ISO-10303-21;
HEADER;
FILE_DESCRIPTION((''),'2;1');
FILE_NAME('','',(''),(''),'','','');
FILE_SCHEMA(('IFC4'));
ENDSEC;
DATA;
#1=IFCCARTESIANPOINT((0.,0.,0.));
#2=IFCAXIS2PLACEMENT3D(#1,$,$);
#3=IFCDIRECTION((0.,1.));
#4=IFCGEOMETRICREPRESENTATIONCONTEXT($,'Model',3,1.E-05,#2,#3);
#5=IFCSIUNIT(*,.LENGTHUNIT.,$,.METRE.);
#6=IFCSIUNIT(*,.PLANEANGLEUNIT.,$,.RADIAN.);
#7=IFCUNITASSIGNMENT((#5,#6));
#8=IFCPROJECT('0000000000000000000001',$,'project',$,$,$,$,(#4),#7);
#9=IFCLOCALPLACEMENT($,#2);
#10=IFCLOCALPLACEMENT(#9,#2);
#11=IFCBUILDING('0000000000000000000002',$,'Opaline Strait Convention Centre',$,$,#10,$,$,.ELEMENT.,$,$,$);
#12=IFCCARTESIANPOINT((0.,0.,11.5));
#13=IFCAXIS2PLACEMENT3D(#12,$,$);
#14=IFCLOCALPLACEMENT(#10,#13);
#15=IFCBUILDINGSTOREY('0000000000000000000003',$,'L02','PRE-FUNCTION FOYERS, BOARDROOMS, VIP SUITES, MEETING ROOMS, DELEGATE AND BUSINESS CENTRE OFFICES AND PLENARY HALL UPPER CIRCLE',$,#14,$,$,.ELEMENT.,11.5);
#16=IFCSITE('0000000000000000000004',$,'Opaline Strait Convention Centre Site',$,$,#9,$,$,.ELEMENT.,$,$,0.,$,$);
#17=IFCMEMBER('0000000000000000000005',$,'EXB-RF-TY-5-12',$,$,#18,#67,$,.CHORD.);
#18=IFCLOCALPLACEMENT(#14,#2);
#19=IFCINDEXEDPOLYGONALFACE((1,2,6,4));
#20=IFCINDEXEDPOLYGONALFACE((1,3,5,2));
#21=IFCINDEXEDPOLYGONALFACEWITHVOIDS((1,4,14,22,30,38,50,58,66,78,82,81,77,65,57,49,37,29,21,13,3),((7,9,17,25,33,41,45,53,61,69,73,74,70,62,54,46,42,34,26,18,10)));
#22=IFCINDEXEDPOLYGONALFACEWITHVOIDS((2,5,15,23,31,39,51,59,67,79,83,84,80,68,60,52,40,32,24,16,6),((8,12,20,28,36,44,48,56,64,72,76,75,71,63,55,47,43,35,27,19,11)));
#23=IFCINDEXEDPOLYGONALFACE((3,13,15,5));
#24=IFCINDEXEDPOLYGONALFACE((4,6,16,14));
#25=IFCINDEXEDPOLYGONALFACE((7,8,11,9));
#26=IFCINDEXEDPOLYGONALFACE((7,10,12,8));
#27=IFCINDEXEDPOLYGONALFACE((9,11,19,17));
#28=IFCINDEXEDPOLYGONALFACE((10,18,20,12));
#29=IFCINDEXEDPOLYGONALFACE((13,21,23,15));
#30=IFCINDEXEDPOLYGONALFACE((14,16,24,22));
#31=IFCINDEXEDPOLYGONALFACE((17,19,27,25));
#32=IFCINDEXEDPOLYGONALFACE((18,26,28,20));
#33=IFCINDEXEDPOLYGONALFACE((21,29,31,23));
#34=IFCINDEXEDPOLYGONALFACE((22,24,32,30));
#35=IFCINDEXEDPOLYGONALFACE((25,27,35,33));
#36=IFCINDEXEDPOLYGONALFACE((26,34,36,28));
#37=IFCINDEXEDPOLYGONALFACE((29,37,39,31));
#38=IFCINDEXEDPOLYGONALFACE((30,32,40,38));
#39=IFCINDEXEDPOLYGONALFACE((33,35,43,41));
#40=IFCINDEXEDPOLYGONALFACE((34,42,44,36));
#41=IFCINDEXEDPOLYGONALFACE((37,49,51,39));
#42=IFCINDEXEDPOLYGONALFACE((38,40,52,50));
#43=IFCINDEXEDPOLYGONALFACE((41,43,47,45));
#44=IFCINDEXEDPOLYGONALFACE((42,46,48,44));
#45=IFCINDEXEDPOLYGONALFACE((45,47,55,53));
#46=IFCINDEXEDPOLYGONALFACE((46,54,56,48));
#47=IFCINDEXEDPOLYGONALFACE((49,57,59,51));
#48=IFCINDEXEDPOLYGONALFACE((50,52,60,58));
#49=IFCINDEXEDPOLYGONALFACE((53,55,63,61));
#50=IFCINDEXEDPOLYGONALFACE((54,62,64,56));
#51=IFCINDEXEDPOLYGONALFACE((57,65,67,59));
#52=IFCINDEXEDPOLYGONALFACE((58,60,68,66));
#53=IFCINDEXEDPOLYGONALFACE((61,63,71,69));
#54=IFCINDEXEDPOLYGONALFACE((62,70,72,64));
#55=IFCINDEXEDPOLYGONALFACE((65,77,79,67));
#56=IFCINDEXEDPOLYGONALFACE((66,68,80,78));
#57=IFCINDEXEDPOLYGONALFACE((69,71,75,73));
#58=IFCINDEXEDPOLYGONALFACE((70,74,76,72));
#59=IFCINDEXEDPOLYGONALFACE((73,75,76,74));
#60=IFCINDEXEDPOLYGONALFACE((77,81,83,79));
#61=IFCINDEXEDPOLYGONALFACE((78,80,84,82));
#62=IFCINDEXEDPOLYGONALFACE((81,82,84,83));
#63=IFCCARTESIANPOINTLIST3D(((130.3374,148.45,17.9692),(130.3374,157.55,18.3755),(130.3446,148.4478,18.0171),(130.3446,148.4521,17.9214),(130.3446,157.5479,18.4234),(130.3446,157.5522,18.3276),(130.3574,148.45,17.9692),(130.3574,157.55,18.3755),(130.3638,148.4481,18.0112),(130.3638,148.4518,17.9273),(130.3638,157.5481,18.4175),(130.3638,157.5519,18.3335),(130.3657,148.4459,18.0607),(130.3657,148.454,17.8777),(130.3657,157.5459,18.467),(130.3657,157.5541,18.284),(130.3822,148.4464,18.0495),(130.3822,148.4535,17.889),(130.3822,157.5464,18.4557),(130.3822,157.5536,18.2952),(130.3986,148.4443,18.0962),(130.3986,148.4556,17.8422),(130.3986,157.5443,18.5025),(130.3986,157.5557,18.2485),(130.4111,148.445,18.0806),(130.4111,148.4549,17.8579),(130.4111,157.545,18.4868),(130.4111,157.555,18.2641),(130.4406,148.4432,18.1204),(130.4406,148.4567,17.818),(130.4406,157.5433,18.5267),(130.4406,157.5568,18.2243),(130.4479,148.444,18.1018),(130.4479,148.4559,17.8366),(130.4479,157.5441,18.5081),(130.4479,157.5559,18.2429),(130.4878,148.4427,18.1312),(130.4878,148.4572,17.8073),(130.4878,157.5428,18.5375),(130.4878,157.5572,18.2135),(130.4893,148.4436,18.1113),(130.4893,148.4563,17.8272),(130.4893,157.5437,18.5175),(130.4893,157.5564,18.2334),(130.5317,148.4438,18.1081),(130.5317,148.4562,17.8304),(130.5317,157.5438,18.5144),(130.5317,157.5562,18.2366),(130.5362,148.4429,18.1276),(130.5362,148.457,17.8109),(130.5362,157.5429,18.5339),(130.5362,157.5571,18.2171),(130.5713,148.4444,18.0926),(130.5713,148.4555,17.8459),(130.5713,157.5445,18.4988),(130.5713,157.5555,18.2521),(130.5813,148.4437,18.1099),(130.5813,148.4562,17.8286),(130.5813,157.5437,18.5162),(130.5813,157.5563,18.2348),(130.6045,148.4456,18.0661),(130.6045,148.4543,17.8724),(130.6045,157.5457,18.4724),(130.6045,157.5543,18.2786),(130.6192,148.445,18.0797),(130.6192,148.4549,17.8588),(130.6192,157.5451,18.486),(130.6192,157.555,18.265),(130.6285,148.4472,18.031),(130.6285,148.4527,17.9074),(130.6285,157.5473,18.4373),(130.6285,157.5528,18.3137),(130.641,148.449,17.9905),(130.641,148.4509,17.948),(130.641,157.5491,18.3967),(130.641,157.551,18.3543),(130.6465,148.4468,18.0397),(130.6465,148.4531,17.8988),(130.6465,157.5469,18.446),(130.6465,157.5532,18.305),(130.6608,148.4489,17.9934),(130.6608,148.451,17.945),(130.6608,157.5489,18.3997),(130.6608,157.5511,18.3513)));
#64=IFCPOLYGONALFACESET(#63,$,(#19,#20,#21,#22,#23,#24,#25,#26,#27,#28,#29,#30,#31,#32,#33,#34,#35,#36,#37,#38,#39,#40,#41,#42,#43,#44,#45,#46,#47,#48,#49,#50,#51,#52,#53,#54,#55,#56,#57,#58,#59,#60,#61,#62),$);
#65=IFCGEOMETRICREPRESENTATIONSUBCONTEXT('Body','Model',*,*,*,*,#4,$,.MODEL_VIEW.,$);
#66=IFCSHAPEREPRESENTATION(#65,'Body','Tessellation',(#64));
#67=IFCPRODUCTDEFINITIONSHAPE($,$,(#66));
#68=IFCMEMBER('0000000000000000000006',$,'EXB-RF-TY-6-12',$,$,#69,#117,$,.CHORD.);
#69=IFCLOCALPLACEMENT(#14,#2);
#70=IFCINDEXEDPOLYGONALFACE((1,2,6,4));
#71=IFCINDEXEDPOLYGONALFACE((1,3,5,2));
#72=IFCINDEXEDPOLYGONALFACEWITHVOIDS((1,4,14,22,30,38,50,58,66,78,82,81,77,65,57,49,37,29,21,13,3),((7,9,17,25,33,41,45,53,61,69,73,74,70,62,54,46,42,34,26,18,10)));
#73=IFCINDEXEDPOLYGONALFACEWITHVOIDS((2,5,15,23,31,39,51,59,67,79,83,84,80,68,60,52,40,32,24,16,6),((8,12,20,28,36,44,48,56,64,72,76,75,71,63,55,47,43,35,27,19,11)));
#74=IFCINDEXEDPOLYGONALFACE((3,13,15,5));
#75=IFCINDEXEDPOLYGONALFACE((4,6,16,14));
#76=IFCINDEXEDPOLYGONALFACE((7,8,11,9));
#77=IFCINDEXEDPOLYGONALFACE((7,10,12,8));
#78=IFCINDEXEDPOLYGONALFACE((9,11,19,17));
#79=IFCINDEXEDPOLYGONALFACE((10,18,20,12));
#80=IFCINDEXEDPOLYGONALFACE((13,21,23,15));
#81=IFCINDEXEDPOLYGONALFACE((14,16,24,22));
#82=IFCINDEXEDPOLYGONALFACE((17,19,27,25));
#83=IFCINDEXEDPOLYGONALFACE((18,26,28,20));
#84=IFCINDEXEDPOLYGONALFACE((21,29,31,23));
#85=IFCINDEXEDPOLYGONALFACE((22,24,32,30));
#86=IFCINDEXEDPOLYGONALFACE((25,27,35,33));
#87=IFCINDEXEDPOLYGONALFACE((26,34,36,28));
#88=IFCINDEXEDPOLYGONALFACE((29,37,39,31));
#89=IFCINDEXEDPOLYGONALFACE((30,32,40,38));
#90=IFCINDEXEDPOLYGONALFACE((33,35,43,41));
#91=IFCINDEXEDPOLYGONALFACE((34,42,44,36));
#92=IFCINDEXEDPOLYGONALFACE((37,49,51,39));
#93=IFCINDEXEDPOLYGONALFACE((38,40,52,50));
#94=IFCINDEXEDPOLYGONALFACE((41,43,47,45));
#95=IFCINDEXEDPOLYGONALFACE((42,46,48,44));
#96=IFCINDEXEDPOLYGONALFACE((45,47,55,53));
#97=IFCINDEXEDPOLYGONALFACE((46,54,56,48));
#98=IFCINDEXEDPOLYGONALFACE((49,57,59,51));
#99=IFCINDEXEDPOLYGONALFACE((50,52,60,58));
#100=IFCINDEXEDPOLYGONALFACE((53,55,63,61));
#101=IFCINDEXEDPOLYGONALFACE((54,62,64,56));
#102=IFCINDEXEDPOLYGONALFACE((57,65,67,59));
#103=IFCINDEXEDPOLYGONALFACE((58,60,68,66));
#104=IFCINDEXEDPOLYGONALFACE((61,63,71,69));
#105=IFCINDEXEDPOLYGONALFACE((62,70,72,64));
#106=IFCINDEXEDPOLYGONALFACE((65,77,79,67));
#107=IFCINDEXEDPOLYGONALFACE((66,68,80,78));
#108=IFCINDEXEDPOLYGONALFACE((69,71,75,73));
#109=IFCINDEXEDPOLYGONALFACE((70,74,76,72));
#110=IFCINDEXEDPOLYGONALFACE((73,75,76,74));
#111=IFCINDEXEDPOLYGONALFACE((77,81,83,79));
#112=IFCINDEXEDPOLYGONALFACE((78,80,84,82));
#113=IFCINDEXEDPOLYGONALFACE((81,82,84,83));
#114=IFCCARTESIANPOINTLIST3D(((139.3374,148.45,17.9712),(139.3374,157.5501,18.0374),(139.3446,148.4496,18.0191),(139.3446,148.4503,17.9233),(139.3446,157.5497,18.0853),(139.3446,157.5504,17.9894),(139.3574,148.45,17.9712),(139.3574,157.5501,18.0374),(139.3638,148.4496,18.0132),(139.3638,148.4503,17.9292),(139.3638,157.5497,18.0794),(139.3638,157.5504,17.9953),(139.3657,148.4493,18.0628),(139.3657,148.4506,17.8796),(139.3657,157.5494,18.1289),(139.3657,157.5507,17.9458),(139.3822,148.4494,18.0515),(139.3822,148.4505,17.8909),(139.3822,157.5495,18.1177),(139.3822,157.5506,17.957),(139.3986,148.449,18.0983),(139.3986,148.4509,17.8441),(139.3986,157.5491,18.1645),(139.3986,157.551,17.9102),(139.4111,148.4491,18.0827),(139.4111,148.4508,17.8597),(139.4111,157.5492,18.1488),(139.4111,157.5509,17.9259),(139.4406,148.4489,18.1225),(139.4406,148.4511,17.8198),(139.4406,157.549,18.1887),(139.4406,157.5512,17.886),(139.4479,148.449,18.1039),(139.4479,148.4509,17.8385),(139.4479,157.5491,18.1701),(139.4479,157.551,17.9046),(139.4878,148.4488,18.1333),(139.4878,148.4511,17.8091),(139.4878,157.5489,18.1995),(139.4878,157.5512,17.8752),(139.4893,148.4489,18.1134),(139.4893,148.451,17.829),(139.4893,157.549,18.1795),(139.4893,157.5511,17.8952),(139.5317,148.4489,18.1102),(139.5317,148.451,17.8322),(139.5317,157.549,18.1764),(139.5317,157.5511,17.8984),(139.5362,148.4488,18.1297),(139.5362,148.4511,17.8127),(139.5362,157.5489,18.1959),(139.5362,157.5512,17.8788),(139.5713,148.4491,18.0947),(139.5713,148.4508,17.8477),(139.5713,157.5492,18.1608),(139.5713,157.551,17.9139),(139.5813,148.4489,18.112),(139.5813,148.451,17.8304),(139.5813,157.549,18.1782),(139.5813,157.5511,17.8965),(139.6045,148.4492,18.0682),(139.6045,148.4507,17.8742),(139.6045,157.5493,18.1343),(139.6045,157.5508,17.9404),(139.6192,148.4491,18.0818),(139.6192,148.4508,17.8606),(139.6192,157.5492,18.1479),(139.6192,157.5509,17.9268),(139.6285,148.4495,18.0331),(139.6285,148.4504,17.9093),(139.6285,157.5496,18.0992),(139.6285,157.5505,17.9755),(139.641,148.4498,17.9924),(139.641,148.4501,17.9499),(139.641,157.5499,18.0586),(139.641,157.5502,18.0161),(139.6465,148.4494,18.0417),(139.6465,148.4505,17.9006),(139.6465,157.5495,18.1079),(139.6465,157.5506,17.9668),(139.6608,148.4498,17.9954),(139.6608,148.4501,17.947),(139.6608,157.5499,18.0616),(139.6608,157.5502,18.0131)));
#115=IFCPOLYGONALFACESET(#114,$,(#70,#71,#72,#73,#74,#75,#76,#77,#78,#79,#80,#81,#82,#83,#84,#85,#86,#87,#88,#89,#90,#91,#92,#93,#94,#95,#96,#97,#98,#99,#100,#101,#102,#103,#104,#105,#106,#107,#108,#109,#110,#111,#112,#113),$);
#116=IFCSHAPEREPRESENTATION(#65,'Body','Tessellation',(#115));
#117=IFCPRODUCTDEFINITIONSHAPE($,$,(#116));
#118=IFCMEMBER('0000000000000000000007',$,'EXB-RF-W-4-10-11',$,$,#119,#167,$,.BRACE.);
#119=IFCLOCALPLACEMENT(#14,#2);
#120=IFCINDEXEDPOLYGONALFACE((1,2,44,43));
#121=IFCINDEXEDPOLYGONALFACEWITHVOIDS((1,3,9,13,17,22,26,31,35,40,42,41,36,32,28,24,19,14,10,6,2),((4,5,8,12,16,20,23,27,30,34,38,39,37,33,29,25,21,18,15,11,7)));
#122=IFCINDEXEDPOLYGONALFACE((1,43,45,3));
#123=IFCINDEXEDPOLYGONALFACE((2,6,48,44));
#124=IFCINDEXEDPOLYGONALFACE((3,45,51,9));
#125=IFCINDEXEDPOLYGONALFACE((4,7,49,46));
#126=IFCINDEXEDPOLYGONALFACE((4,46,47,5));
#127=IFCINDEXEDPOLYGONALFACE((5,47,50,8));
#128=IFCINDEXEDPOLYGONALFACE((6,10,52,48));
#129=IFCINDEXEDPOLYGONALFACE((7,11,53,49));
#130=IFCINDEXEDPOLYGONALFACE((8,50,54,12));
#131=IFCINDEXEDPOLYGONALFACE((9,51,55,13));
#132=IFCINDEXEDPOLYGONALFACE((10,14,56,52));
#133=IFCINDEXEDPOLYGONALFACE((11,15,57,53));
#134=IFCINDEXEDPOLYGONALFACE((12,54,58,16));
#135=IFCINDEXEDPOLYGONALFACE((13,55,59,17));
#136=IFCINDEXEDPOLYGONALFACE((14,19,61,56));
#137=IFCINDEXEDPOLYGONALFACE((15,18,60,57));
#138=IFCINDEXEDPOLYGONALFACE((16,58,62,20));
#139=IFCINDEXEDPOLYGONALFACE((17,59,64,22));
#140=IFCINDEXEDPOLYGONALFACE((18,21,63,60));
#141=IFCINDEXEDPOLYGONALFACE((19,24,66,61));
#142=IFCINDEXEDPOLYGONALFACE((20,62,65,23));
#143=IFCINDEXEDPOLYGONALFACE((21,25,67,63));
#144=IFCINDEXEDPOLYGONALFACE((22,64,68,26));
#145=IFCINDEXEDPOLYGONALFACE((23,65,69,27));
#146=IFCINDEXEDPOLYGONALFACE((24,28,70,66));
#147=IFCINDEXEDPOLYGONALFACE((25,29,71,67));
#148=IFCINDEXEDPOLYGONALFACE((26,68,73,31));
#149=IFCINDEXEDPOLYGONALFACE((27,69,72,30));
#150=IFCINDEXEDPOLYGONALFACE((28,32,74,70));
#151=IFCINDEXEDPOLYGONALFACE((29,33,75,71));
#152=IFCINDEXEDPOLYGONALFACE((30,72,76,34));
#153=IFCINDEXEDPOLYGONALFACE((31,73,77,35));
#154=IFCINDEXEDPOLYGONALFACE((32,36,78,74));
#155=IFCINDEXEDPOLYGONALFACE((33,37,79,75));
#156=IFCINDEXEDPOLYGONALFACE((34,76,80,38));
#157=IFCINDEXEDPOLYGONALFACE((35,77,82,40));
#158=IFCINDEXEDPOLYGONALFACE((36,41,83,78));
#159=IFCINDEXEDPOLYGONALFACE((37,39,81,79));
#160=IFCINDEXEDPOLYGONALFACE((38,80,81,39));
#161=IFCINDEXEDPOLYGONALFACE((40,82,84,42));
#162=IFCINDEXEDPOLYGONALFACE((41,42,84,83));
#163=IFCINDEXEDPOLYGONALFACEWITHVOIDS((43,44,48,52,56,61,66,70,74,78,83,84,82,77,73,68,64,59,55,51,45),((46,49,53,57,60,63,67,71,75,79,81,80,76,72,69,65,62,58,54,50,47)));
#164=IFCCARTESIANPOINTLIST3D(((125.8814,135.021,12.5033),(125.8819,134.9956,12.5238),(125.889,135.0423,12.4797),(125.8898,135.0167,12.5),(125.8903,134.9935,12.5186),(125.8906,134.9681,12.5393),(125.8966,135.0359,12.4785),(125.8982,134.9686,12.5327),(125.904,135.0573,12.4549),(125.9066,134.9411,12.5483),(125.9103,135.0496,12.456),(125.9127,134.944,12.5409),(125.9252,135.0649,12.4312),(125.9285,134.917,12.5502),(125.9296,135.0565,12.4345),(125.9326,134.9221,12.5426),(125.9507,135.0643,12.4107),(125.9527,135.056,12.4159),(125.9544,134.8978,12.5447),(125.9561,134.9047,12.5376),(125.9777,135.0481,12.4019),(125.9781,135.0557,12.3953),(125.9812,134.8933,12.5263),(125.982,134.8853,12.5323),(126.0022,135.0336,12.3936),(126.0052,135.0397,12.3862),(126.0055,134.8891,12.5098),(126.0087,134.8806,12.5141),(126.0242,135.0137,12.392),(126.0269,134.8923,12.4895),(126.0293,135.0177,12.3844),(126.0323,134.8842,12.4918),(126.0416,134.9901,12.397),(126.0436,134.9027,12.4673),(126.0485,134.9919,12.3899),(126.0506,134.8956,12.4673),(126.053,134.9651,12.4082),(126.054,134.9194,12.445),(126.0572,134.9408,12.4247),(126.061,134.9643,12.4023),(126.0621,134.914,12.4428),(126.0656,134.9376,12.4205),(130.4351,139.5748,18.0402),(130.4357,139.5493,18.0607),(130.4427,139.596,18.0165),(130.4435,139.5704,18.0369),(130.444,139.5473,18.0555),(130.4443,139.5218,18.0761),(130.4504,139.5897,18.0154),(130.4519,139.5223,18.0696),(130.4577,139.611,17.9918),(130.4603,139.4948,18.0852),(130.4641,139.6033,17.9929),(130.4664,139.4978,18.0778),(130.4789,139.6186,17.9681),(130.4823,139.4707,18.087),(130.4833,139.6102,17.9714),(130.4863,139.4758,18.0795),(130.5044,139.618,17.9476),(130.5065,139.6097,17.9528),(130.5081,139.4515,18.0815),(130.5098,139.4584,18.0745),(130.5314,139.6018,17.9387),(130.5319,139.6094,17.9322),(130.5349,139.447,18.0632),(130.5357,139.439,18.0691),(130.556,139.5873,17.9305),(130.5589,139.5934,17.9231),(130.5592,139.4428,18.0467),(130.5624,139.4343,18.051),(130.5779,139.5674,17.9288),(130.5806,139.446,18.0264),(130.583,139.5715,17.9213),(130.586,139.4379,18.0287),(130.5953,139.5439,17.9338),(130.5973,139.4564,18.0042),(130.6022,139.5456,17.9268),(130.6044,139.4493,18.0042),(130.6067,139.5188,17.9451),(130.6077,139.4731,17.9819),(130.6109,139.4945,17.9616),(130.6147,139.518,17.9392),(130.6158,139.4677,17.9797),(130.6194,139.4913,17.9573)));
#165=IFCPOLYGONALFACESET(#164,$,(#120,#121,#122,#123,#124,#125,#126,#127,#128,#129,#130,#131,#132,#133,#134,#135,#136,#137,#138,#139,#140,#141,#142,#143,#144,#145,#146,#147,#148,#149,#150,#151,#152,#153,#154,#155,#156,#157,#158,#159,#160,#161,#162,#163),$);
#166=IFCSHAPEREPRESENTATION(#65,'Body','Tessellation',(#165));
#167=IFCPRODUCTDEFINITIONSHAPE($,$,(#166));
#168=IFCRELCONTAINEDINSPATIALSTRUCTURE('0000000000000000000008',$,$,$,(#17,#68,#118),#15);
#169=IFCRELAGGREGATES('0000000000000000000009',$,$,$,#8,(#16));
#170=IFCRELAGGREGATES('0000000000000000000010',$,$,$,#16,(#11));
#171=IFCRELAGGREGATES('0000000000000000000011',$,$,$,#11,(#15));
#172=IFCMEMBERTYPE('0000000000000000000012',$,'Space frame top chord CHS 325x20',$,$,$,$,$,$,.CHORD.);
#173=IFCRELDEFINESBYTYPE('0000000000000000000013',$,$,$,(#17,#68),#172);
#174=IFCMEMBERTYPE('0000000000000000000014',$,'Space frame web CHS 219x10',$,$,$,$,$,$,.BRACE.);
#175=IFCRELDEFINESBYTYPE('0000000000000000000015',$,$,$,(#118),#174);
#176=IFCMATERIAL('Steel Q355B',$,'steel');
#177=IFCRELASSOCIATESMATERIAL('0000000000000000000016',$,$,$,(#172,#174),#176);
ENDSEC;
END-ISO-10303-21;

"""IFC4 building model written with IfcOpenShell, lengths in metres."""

from ifc_helpers import new_model, si_unit, direction, frame, origin, origin_2d, place, context, subcontext, project, spatial, hollow_circle, extrude, material, material_profile, profile_set, type_object, element, save


model = new_model("IFC4")

# Units and contexts
model_context = context("Model", 3, precision=1e-05, world=origin(), true_north=direction((0.0, 1.0)))
body_context = subcontext(model_context, "Body", "Model", "MODEL_VIEW")
ifc_project = project(units=[si_unit("LENGTHUNIT", "METRE"), si_unit("PLANEANGLEUNIT", "RADIAN")], contexts=[model_context])

# Site, building, storey
site_placement = place(None, origin())
site = spatial("IfcSite", under=ifc_project, at=site_placement, Name="Opaline Strait Convention Centre Site", CompositionType="ELEMENT", RefElevation=0.0)
building_placement = place(site_placement, origin())
building = spatial("IfcBuilding", under=site, at=building_placement, Name="Opaline Strait Convention Centre", CompositionType="ELEMENT")
storey_placement = place(building_placement, frame((0.0, 0.0, 11.5)))
storey = spatial("IfcBuildingStorey", under=building, at=storey_placement, Name="L02", Description="PRE-FUNCTION FOYERS, BOARDROOMS, VIP SUITES, MEETING ROOMS, DELEGATE AND BUSINESS CENTRE OFFICES AND PLENARY HALL UPPER CIRCLE", CompositionType="ELEMENT", Elevation=11.5)

# Members
ifc_material_1 = material(Name="Steel Q355B", Category="steel")
ifc_material_profile_1 = material_profile(ifc_material_1, hollow_circle(Radius=0.1626, WallThickness=0.02, at=origin_2d()), Name="CHS 325x20")
ifc_profile_set_1 = profile_set([ifc_material_profile_1], Name="Steel Q355B")
member_type_1 = type_object("IfcMemberType", Name="Space frame top chord CHS 325x20", PredefinedType="CHORD", material=ifc_profile_set_1)
member_1_placement = place(storey_placement, frame((130.5, 148.45, 17.9692), z_axis=(0.0, 0.999005, 0.044598), x_axis=(-1.0, 0.0, 0.0)))
element("IfcMember", 1, at=member_1_placement, inside=storey, type_object=member_type_1, Name="EXB-RF-TY-5-12", PredefinedType="CHORD", context=body_context, shape_type="SweptSolid", body=[
    extrude(hollow_circle(Radius=0.1626, WallThickness=0.02, at=origin_2d()), origin(), (0.0, 0.0, 1.0), 9.1091),
])
member_2_placement = place(storey_placement, frame((139.5, 148.45, 17.9712), z_axis=(0.0, 0.999974, 0.00727), x_axis=(-1.0, 0.0, 0.0)))
element("IfcMember", 2, at=member_2_placement, inside=storey, type_object=member_type_1, Name="EXB-RF-TY-6-12", PredefinedType="CHORD", context=body_context, shape_type="SweptSolid", body=[
    extrude(hollow_circle(Radius=0.1626, WallThickness=0.02, at=origin_2d()), origin(), (0.0, 0.0, 1.0), 9.1003),
])
ifc_material_profile_2 = material_profile(ifc_material_1, hollow_circle(Radius=0.1096, WallThickness=0.01, at=origin_2d()), Name="CHS 219x10")
ifc_profile_set_2 = profile_set([ifc_material_profile_2], Name="Steel Q355B")
member_type_2 = type_object("IfcMemberType", Name="Space frame web CHS 219x10", PredefinedType="BRACE", material=ifc_profile_set_2)
for number, where, z_axis, x_axis, name in (
    (3, (130.5269, 139.5269, 18.0042), (-0.536178, -0.536178, -0.65194), (0.707107, -0.707107, 0.0), "EXB-RF-W-4-10-11"),
):
    element("IfcMember", number, at=place(storey_placement, frame(where, z_axis=z_axis, x_axis=x_axis)), inside=storey, type_object=member_type_2, Name=name, PredefinedType="BRACE", context=body_context, shape_type="SweptSolid", body=[
        extrude(hollow_circle(Radius=0.1096, WallThickness=0.01, at=origin_2d()), origin(), (0.0, 0.0, 1.0), 8.4929),
    ])

save(model, "model.ifc")
